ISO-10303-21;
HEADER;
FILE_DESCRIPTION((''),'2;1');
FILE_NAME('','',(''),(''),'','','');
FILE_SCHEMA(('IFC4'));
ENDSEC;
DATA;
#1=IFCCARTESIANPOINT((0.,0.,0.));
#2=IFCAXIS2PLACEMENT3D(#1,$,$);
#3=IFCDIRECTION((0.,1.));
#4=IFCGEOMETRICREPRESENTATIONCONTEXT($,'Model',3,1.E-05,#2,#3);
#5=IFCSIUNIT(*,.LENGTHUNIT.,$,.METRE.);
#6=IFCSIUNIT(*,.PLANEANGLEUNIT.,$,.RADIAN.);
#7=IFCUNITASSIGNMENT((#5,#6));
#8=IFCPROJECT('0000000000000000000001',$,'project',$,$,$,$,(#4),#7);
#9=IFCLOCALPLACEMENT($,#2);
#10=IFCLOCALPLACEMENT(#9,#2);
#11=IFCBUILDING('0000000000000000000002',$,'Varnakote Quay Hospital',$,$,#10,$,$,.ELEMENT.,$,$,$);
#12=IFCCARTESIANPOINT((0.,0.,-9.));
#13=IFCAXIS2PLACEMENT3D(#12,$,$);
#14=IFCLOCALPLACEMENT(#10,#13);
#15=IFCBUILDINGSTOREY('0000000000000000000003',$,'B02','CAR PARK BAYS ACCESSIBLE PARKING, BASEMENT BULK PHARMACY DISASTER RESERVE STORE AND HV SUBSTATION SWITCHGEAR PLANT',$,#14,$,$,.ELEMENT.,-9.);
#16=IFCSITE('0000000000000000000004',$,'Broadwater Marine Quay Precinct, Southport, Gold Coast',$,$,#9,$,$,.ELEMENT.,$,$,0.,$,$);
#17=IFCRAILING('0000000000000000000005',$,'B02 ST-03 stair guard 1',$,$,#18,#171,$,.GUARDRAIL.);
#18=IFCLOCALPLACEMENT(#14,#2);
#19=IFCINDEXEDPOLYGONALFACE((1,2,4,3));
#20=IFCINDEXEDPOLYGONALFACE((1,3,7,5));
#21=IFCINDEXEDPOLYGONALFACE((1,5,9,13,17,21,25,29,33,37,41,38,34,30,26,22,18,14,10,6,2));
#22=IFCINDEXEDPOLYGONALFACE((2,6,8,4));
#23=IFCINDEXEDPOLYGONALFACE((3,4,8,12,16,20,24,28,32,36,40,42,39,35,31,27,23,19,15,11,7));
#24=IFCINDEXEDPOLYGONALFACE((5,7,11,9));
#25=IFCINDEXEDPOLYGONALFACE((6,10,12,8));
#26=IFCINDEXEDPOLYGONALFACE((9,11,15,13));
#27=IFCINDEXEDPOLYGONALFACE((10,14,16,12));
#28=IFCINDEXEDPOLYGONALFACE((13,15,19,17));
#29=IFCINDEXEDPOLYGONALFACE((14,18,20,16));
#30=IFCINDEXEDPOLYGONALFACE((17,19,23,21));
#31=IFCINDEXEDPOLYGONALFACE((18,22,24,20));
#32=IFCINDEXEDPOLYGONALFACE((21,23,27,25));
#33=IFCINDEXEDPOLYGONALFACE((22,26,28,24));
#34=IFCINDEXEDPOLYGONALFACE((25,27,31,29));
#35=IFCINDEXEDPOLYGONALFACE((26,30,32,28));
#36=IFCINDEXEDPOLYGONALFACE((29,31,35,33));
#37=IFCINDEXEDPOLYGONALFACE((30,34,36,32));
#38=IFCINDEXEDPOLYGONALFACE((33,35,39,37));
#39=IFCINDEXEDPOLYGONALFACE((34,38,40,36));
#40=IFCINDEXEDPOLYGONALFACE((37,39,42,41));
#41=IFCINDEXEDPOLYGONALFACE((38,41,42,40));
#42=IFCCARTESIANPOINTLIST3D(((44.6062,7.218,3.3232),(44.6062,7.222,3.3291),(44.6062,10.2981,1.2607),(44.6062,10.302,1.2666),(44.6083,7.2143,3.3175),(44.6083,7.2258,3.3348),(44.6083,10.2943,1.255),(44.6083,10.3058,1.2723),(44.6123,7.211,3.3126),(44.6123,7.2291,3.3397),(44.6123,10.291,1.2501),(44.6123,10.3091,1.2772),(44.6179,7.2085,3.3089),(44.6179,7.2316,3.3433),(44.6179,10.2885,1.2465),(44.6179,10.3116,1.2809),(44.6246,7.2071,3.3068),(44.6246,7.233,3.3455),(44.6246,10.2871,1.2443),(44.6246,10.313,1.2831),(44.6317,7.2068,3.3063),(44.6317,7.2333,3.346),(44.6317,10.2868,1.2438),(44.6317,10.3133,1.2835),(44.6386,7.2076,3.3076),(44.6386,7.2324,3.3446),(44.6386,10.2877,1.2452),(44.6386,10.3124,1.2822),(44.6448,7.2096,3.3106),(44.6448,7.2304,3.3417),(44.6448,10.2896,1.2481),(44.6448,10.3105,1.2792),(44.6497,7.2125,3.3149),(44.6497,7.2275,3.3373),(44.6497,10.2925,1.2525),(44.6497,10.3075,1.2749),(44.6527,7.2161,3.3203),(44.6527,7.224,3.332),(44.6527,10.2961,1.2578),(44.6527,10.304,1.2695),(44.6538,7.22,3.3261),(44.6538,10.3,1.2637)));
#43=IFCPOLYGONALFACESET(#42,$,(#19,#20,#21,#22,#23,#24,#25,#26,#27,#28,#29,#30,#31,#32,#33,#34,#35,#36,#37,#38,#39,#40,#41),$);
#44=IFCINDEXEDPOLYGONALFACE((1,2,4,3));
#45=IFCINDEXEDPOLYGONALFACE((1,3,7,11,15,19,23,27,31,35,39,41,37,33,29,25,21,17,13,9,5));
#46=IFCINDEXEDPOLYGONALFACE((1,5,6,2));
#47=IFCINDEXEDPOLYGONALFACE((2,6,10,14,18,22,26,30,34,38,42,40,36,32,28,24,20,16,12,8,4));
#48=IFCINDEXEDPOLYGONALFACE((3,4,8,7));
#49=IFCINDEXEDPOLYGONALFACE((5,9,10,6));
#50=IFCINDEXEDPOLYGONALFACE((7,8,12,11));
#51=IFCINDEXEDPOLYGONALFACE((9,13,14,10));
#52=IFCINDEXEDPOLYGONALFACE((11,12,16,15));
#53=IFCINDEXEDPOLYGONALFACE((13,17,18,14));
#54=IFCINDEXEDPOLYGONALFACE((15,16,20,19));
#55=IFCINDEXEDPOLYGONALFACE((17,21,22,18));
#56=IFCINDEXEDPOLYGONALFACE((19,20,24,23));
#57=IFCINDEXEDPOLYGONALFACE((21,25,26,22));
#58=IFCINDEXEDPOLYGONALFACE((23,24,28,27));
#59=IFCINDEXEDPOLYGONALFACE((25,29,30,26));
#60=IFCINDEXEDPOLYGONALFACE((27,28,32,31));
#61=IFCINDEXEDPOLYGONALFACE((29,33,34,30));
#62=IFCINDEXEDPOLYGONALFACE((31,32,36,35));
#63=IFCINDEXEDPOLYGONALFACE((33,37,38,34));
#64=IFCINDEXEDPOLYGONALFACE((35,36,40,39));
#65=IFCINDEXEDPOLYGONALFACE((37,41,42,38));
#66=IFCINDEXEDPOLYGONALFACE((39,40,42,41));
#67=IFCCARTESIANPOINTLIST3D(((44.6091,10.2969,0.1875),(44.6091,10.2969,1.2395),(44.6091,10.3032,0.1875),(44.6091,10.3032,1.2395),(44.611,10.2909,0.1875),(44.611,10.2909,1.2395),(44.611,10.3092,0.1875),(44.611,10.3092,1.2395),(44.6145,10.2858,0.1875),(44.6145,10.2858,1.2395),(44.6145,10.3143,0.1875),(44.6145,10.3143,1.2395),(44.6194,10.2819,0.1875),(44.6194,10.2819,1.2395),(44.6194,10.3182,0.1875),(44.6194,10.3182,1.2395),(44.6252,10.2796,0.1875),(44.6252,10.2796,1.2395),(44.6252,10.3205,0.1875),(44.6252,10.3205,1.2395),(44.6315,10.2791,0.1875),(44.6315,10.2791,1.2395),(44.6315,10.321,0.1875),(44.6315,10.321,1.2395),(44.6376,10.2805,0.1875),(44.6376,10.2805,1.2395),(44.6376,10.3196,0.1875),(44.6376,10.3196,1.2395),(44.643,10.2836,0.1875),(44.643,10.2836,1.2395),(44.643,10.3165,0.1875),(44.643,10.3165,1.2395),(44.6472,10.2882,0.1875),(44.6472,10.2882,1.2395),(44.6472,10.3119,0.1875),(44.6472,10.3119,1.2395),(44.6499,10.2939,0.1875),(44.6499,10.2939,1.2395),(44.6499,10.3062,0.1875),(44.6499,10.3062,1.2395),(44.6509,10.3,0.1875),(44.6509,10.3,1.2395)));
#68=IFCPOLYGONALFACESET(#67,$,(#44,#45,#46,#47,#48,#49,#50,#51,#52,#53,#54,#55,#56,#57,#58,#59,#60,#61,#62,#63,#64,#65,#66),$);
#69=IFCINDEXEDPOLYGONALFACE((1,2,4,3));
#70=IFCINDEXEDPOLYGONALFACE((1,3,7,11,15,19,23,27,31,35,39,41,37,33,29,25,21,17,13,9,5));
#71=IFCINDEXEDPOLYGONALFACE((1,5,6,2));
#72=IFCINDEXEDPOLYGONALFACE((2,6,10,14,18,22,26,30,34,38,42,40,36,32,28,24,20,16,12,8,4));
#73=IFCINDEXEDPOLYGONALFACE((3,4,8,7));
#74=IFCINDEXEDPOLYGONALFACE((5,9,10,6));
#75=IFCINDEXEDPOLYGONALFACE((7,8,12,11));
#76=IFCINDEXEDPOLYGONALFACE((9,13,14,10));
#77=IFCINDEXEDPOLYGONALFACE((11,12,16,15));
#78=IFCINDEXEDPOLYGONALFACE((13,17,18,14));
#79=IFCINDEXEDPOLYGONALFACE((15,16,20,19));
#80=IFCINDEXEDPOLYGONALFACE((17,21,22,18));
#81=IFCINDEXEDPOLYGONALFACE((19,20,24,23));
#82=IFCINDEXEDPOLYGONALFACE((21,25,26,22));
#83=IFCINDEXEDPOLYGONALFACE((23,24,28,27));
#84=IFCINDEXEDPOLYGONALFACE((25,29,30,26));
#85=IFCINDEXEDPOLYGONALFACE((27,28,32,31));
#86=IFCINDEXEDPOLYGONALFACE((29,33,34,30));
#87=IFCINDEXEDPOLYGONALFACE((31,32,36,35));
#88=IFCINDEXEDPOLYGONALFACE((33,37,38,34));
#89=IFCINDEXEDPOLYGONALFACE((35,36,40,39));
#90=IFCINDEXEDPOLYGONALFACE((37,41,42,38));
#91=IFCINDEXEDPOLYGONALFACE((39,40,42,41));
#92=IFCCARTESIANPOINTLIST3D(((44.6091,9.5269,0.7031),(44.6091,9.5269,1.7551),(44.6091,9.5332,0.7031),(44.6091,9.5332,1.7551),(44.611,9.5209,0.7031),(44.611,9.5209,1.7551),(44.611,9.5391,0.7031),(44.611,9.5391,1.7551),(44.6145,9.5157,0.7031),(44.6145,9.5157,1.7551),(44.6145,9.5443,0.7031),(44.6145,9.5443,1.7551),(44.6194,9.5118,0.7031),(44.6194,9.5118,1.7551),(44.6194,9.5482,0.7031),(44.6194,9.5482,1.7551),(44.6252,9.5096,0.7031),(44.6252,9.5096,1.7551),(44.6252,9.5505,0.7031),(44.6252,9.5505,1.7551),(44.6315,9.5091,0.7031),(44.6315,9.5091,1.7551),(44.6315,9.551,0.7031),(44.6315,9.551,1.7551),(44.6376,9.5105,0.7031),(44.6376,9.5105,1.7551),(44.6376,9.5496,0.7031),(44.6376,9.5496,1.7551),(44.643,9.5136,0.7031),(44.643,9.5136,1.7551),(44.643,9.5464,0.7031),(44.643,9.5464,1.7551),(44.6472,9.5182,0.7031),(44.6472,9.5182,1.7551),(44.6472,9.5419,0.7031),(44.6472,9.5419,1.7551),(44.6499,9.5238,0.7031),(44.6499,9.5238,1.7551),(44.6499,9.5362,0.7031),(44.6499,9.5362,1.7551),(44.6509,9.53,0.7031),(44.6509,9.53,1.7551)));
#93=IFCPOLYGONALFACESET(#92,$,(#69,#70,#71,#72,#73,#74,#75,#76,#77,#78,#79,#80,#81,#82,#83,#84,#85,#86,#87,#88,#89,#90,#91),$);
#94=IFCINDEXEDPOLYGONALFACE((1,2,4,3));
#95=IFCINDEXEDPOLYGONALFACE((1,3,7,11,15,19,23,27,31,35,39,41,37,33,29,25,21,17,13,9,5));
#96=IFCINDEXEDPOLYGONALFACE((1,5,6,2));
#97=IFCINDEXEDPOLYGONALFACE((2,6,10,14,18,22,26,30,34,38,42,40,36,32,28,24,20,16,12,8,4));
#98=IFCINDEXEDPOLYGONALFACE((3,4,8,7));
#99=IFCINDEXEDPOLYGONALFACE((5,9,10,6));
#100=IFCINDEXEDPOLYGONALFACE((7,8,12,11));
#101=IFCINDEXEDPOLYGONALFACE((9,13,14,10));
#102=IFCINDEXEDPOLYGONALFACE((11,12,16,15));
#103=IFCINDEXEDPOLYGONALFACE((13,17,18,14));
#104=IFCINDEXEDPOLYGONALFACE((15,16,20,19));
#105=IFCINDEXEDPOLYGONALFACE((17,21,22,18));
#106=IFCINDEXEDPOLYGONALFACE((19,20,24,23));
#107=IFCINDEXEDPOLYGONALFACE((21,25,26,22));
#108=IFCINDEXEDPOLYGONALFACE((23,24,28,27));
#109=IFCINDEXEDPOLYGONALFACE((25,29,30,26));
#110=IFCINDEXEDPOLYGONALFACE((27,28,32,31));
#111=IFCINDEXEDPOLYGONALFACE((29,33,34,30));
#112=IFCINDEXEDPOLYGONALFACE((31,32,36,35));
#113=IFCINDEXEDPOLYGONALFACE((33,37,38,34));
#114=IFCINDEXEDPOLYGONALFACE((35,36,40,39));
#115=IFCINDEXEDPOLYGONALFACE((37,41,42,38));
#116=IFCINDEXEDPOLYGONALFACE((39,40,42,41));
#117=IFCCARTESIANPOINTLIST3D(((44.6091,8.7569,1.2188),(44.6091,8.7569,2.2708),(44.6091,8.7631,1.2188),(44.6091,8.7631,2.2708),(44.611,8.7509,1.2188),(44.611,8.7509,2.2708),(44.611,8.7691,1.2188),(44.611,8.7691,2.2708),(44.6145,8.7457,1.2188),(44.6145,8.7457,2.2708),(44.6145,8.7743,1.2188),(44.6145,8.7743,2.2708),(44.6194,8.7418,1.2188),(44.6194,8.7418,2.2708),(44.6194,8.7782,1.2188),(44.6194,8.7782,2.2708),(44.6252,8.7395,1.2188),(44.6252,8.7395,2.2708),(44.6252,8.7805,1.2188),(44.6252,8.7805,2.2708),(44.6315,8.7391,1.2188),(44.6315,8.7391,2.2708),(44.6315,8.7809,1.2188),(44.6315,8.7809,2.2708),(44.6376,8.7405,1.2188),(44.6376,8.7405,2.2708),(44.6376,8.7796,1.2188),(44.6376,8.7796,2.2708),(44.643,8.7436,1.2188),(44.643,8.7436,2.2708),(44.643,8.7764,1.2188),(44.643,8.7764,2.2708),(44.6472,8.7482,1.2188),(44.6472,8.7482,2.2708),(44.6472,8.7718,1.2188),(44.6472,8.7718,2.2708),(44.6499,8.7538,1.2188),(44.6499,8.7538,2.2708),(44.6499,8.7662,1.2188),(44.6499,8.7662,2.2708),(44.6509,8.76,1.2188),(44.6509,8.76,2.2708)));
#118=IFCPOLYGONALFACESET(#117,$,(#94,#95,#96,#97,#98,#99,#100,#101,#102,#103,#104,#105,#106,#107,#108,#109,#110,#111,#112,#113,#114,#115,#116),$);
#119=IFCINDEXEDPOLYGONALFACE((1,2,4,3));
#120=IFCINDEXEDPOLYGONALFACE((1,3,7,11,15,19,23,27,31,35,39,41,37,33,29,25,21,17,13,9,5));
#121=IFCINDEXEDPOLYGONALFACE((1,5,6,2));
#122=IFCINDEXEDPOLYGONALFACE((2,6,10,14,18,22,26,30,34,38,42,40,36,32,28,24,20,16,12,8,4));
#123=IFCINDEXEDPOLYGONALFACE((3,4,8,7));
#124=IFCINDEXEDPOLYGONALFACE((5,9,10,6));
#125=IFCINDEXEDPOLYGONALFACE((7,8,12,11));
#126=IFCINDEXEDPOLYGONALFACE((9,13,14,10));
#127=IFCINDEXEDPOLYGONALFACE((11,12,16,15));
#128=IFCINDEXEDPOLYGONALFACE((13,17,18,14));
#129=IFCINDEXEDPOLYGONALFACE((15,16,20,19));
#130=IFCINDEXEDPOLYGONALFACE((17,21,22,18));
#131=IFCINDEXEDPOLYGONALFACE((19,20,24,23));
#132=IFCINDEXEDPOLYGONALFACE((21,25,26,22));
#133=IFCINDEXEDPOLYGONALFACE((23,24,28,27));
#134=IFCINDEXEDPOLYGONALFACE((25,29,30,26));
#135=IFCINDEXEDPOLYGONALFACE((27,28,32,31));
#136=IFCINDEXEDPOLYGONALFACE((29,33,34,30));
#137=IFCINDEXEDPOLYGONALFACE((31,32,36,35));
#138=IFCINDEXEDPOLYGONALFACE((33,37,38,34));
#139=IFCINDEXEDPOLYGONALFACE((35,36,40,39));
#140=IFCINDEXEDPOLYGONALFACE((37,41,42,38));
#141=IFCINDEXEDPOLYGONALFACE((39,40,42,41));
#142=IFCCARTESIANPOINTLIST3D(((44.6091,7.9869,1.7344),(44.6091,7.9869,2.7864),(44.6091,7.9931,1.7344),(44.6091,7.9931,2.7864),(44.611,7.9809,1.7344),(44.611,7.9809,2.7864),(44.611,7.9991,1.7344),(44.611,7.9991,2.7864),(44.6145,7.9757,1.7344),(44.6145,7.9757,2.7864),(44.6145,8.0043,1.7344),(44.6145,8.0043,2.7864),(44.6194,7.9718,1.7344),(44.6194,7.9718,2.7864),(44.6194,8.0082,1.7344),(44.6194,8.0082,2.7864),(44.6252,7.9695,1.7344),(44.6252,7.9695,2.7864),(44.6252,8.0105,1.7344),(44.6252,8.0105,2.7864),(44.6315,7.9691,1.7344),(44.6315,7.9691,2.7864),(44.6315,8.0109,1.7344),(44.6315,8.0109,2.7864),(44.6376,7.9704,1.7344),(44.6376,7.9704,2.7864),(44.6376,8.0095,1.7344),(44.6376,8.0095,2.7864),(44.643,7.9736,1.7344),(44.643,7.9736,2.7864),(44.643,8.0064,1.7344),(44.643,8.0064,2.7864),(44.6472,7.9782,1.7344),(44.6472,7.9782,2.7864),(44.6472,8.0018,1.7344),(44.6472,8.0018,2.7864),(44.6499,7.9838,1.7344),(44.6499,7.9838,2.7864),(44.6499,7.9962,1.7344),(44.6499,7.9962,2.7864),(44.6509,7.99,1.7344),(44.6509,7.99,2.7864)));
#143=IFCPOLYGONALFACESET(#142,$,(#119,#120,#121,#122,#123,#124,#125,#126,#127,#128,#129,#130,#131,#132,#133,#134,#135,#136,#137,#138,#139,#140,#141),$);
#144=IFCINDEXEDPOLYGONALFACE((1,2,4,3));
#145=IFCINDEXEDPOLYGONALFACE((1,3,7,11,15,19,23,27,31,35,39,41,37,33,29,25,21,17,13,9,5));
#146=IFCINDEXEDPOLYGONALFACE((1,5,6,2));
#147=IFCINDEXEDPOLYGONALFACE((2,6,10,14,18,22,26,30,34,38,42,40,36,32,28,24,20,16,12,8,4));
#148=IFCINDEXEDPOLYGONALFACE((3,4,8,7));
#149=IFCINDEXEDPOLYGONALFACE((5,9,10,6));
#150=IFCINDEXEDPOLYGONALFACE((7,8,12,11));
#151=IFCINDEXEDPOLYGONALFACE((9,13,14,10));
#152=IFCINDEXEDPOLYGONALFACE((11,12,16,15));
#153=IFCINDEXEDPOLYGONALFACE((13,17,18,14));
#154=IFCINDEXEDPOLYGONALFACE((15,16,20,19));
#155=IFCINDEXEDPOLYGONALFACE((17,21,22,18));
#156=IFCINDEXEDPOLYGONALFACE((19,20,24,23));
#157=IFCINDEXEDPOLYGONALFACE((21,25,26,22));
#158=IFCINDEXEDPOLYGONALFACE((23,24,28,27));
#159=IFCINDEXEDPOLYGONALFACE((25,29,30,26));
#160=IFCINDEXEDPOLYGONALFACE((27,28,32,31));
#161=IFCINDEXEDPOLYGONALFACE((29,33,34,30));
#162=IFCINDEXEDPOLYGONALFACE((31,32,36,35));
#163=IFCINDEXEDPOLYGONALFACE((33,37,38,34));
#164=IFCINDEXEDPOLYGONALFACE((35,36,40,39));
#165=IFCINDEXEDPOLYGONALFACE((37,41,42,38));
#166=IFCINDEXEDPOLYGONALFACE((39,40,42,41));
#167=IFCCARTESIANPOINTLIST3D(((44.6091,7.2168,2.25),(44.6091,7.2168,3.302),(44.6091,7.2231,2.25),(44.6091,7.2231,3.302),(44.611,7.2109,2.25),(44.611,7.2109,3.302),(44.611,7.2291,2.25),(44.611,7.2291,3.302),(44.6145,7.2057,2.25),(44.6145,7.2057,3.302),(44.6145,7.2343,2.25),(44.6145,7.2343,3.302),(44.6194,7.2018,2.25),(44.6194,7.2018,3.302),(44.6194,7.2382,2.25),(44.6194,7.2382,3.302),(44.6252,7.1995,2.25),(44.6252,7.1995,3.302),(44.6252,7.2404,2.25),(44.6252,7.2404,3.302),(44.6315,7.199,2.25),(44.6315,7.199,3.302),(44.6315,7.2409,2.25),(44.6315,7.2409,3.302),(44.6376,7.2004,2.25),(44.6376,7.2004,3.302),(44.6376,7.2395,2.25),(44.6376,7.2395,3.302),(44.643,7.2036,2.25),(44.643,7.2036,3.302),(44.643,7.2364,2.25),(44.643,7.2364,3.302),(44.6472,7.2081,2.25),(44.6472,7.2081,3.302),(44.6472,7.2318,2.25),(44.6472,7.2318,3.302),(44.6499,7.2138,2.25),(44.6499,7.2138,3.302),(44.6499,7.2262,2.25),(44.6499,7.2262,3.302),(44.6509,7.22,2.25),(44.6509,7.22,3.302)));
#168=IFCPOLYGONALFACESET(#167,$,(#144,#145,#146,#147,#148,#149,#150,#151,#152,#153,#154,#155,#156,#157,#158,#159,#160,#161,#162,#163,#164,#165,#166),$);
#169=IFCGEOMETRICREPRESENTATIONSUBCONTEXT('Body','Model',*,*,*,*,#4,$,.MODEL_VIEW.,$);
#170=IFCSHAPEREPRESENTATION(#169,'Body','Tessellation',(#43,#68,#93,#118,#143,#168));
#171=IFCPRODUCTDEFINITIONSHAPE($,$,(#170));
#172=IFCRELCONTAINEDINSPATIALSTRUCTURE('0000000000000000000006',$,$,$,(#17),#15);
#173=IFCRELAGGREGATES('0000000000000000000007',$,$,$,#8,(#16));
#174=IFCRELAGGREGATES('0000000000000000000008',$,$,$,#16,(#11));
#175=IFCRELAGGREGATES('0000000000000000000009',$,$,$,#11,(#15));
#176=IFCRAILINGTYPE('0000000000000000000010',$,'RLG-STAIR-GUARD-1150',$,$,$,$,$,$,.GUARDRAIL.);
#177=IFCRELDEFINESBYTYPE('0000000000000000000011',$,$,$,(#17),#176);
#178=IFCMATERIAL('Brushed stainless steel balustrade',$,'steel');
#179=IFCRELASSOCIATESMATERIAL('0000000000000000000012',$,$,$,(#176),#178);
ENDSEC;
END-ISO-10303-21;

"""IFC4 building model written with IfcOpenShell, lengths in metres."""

from ifc_helpers import new_model, si_unit, direction, frame, origin, origin_2d, place, context, subcontext, project, spatial, circle, extrude, material, type_object, element, save


model = new_model("IFC4")

# Units and contexts
model_context = context("Model", 3, precision=1e-05, world=origin(), true_north=direction((0.0, 1.0)))
body_context = subcontext(model_context, "Body", "Model", "MODEL_VIEW")
ifc_project = project(units=[si_unit("LENGTHUNIT", "METRE"), si_unit("PLANEANGLEUNIT", "RADIAN")], contexts=[model_context])

# Site, building, storey
site_placement = place(None, origin())
site = spatial("IfcSite", under=ifc_project, at=site_placement, Name="Broadwater Marine Quay Precinct, Southport, Gold Coast", CompositionType="ELEMENT", RefElevation=0.0)
building_placement = place(site_placement, origin())
building = spatial("IfcBuilding", under=site, at=building_placement, Name="Varnakote Quay Hospital", CompositionType="ELEMENT")
storey_placement = place(building_placement, frame((0.0, 0.0, -9.0)))
storey = spatial("IfcBuildingStorey", under=building, at=storey_placement, Name="B02", Description="CAR PARK BAYS ACCESSIBLE PARKING, BASEMENT BULK PHARMACY DISASTER RESERVE STORE AND HV SUBSTATION SWITCHGEAR PLANT", CompositionType="ELEMENT", Elevation=-9.0)

# Railing
ifc_material_1 = material(Name="Brushed stainless steel balustrade", Category="steel")
railing_type_1 = type_object("IfcRailingType", Name="RLG-STAIR-GUARD-1150", PredefinedType="GUARDRAIL", material=ifc_material_1)
railing_1_placement = place(storey_placement, frame((44.6299, 10.3, 0.1875)))
element("IfcRailing", 1, at=railing_1_placement, inside=storey, type_object=railing_type_1, Name="B02 ST-03 stair guard 1", PredefinedType="GUARDRAIL", context=body_context, shape_type="SweptSolid", body=[
    extrude(circle(Radius=0.0239, at=origin_2d()), frame((0.0, 0.0, 1.0762), z_axis=(0.0, -0.830914, 0.556401), x_axis=(1.0, 0.0, 0.0)), (0.0, 0.0, 1.0), 3.7068),
    extrude(circle(Radius=0.021, at=origin_2d()), origin(), (0.0, 0.0, 1.0), 1.052),
    extrude(circle(Radius=0.021, at=origin_2d()), frame((0.0, -0.77, 0.5156)), (0.0, 0.0, 1.0), 1.052),
    extrude(circle(Radius=0.021, at=origin_2d()), frame((0.0, -1.54, 1.0312)), (0.0, 0.0, 1.0), 1.052),
    extrude(circle(Radius=0.021, at=origin_2d()), frame((0.0, -2.3101, 1.5469)), (0.0, 0.0, 1.0), 1.052),
    extrude(circle(Radius=0.021, at=origin_2d()), frame((0.0, -3.0801, 2.0625)), (0.0, 0.0, 1.0), 1.052),
])

save(model, "model.ifc")
